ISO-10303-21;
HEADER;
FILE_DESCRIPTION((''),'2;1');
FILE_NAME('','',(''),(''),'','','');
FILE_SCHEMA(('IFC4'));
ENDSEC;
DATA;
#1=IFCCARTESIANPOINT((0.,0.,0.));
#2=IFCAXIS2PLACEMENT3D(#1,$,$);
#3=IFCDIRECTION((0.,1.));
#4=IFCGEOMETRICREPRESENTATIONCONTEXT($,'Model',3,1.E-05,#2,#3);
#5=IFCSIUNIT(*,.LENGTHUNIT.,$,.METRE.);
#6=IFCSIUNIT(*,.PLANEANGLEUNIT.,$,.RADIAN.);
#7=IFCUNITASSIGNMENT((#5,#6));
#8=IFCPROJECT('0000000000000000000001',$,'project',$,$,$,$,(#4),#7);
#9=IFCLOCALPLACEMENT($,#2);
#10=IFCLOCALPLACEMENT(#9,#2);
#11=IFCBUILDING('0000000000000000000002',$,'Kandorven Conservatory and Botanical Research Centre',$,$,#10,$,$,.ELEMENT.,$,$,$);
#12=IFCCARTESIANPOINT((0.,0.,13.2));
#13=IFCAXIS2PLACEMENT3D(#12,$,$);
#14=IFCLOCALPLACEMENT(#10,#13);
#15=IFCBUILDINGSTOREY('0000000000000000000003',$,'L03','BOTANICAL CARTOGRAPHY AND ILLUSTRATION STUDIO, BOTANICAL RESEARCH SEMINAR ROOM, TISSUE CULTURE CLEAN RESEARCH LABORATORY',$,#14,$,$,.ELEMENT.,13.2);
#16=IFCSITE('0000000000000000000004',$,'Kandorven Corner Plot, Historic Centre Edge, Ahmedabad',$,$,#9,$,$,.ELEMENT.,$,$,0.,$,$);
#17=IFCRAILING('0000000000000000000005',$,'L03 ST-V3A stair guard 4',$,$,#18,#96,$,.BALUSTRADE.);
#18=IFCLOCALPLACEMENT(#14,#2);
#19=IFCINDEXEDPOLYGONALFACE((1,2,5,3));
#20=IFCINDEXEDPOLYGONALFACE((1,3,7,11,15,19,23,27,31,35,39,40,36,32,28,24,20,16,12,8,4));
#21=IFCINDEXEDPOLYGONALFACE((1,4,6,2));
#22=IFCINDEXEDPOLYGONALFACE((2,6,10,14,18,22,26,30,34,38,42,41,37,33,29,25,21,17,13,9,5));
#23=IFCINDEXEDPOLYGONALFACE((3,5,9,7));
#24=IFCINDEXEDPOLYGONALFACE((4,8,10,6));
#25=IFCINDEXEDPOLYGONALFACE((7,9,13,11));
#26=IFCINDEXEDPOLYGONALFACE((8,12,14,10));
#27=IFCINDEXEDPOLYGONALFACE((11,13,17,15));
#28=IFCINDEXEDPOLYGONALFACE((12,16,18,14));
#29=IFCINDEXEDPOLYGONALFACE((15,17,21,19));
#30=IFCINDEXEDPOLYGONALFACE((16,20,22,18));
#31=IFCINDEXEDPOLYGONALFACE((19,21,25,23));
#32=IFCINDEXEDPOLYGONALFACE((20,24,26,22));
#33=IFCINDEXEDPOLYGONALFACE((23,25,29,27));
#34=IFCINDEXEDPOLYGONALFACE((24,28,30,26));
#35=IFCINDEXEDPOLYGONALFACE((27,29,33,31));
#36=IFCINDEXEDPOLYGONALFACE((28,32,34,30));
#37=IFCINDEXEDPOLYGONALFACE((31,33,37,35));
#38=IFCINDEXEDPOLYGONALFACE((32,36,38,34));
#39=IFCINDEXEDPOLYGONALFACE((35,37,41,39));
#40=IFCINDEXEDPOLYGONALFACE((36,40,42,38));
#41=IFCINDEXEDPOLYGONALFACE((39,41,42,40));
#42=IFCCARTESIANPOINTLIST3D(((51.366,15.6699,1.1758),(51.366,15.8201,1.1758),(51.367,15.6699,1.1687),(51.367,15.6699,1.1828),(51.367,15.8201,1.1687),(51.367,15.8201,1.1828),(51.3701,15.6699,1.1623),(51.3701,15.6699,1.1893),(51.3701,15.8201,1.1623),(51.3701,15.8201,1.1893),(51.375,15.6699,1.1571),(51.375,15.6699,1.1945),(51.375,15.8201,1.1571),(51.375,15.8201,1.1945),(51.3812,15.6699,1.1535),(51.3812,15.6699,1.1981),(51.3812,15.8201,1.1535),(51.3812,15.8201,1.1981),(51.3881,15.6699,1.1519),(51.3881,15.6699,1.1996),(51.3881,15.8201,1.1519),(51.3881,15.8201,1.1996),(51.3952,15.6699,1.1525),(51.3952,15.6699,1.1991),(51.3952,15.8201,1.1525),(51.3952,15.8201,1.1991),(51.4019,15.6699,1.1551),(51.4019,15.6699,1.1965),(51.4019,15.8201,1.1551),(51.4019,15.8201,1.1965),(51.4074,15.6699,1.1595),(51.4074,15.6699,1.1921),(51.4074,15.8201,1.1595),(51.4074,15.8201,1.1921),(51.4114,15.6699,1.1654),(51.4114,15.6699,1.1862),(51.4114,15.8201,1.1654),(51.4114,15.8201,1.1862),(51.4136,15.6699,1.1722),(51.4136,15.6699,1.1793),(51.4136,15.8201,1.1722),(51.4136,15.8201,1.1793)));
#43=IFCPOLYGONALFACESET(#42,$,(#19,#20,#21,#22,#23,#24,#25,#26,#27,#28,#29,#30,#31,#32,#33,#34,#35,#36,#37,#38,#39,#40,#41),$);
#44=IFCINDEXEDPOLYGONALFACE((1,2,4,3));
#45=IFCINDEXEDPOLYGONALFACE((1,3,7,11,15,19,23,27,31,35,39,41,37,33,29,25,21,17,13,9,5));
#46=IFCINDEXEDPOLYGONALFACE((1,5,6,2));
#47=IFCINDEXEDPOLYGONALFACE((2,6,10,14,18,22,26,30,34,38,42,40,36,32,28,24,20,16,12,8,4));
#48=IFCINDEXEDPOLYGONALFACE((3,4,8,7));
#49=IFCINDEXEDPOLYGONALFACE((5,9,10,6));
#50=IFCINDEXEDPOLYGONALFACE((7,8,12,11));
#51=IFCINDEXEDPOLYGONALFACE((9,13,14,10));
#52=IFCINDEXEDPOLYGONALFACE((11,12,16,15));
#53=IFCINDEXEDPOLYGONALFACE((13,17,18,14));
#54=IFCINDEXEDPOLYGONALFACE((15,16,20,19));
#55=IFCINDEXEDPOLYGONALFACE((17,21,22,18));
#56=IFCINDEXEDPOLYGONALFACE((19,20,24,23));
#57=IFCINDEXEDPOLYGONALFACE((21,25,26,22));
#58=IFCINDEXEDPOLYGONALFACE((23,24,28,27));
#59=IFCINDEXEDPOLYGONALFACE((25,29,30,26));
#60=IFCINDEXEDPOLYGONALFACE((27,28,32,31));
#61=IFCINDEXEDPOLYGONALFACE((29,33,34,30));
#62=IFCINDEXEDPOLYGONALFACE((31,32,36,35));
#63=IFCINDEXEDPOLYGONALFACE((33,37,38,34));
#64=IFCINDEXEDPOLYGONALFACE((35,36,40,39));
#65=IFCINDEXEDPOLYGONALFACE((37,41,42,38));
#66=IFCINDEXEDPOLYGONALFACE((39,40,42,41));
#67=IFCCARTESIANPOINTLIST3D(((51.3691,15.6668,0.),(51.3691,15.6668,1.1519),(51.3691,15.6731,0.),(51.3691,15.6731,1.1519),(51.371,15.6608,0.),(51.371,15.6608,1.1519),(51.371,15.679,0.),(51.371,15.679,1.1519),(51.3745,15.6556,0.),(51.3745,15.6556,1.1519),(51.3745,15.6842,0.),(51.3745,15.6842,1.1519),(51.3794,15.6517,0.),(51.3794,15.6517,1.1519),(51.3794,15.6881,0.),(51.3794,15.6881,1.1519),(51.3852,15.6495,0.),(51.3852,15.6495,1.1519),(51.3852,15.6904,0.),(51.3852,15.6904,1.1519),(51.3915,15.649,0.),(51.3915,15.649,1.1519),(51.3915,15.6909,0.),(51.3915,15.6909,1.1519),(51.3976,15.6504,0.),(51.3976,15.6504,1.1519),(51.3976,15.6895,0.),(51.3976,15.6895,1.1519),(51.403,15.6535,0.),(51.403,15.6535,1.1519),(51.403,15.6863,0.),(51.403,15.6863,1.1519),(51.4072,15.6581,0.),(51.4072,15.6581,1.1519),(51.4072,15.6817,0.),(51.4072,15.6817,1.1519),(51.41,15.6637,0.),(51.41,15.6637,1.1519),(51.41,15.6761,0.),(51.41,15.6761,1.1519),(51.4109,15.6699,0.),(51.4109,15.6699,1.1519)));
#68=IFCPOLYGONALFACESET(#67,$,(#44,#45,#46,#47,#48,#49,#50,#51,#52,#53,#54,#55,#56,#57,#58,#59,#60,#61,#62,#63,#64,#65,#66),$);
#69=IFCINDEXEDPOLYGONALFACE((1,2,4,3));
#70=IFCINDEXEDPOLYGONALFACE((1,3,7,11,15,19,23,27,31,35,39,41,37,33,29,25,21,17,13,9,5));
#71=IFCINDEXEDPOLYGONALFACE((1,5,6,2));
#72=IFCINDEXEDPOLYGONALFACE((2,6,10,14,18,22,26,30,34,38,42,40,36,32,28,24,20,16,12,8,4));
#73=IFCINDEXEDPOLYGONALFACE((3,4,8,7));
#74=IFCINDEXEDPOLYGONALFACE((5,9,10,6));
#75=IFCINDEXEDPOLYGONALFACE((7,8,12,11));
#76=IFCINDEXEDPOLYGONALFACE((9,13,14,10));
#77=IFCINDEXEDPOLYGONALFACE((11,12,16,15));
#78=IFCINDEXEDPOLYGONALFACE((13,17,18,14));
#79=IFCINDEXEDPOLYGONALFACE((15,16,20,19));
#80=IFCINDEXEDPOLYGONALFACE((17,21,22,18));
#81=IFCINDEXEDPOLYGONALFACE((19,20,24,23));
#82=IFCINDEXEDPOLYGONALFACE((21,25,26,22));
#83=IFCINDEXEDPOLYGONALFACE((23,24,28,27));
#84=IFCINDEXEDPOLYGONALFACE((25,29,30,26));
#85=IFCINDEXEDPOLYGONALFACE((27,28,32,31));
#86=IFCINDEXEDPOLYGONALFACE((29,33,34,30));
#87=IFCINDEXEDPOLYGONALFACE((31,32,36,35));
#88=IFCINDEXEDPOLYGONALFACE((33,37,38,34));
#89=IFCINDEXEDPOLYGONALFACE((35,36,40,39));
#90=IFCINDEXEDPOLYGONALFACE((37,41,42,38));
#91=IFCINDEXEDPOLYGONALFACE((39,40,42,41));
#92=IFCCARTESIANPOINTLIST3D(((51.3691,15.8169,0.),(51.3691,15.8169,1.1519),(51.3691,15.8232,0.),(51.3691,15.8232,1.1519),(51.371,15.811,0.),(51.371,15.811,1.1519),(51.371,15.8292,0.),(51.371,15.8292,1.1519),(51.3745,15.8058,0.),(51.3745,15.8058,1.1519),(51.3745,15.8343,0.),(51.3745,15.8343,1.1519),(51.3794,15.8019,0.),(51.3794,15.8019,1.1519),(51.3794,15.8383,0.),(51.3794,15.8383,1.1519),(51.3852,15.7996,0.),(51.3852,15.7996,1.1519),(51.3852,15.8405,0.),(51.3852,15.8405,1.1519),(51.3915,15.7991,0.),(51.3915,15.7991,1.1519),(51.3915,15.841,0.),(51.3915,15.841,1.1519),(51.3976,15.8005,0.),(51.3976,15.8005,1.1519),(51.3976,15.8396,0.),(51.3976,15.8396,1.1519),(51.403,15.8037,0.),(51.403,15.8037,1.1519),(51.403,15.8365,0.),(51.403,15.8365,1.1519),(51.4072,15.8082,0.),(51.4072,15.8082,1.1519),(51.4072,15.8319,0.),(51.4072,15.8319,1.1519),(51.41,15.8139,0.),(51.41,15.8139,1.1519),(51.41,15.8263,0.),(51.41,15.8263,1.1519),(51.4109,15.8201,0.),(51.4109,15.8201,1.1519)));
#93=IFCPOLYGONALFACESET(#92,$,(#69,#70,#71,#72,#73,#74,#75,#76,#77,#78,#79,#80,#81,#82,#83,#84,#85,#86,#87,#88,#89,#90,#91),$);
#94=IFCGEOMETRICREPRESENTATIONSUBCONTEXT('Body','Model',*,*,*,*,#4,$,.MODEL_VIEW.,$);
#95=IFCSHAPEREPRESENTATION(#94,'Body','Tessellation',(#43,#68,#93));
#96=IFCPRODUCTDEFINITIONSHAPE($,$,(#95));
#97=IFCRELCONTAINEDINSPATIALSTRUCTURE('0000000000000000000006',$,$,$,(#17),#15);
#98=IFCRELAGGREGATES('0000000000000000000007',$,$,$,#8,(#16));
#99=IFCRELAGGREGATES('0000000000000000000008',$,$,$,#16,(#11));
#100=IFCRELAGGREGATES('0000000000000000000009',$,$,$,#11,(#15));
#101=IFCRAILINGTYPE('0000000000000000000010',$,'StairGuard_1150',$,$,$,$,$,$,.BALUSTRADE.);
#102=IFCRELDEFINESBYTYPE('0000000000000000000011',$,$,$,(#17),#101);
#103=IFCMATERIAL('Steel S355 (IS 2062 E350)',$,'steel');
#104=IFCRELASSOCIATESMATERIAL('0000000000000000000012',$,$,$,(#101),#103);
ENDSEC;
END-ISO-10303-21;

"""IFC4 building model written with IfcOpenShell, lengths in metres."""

from ifc_helpers import new_model, si_unit, direction, frame, origin, origin_2d, place, context, subcontext, project, spatial, circle, extrude, material, type_object, element, save


model = new_model("IFC4")

# Units and contexts
model_context = context("Model", 3, precision=1e-05, world=origin(), true_north=direction((0.0, 1.0)))
body_context = subcontext(model_context, "Body", "Model", "MODEL_VIEW")
ifc_project = project(units=[si_unit("LENGTHUNIT", "METRE"), si_unit("PLANEANGLEUNIT", "RADIAN")], contexts=[model_context])

# Site, building, storey
site_placement = place(None, origin())
site = spatial("IfcSite", under=ifc_project, at=site_placement, Name="Kandorven Corner Plot, Historic Centre Edge, Ahmedabad", CompositionType="ELEMENT", RefElevation=0.0)
building_placement = place(site_placement, origin())
building = spatial("IfcBuilding", under=site, at=building_placement, Name="Kandorven Conservatory and Botanical Research Centre", CompositionType="ELEMENT")
storey_placement = place(building_placement, frame((0.0, 0.0, 13.2)))
storey = spatial("IfcBuildingStorey", under=building, at=storey_placement, Name="L03", Description="BOTANICAL CARTOGRAPHY AND ILLUSTRATION STUDIO, BOTANICAL RESEARCH SEMINAR ROOM, TISSUE CULTURE CLEAN RESEARCH LABORATORY", CompositionType="ELEMENT", Elevation=13.2)

# Railing
ifc_material_1 = material(Name="Steel S355 (IS 2062 E350)", Category="steel")
railing_type_1 = type_object("IfcRailingType", Name="StairGuard_1150", PredefinedType="BALUSTRADE", material=ifc_material_1)
railing_1_placement = place(storey_placement, frame((51.3899, 15.6699, 0.0)))
element("IfcRailing", 1, at=railing_1_placement, inside=storey, type_object=railing_type_1, Name="L03 ST-V3A stair guard 4", PredefinedType="BALUSTRADE", context=body_context, shape_type="SweptSolid", body=[
    extrude(circle(Radius=0.0239, at=origin_2d()), frame((0.0, 0.0, 1.1758), z_axis=(0.0, 1.0, 0.0), x_axis=(-1.0, 0.0, 0.0)), (0.0, 0.0, 1.0), 0.1501),
    extrude(circle(Radius=0.021, at=origin_2d()), origin(), (0.0, 0.0, 1.0), 1.1519),
    extrude(circle(Radius=0.021, at=origin_2d()), frame((0.0, 0.1501, 0.0)), (0.0, 0.0, 1.0), 1.1519),
])

save(model, "model.ifc")
